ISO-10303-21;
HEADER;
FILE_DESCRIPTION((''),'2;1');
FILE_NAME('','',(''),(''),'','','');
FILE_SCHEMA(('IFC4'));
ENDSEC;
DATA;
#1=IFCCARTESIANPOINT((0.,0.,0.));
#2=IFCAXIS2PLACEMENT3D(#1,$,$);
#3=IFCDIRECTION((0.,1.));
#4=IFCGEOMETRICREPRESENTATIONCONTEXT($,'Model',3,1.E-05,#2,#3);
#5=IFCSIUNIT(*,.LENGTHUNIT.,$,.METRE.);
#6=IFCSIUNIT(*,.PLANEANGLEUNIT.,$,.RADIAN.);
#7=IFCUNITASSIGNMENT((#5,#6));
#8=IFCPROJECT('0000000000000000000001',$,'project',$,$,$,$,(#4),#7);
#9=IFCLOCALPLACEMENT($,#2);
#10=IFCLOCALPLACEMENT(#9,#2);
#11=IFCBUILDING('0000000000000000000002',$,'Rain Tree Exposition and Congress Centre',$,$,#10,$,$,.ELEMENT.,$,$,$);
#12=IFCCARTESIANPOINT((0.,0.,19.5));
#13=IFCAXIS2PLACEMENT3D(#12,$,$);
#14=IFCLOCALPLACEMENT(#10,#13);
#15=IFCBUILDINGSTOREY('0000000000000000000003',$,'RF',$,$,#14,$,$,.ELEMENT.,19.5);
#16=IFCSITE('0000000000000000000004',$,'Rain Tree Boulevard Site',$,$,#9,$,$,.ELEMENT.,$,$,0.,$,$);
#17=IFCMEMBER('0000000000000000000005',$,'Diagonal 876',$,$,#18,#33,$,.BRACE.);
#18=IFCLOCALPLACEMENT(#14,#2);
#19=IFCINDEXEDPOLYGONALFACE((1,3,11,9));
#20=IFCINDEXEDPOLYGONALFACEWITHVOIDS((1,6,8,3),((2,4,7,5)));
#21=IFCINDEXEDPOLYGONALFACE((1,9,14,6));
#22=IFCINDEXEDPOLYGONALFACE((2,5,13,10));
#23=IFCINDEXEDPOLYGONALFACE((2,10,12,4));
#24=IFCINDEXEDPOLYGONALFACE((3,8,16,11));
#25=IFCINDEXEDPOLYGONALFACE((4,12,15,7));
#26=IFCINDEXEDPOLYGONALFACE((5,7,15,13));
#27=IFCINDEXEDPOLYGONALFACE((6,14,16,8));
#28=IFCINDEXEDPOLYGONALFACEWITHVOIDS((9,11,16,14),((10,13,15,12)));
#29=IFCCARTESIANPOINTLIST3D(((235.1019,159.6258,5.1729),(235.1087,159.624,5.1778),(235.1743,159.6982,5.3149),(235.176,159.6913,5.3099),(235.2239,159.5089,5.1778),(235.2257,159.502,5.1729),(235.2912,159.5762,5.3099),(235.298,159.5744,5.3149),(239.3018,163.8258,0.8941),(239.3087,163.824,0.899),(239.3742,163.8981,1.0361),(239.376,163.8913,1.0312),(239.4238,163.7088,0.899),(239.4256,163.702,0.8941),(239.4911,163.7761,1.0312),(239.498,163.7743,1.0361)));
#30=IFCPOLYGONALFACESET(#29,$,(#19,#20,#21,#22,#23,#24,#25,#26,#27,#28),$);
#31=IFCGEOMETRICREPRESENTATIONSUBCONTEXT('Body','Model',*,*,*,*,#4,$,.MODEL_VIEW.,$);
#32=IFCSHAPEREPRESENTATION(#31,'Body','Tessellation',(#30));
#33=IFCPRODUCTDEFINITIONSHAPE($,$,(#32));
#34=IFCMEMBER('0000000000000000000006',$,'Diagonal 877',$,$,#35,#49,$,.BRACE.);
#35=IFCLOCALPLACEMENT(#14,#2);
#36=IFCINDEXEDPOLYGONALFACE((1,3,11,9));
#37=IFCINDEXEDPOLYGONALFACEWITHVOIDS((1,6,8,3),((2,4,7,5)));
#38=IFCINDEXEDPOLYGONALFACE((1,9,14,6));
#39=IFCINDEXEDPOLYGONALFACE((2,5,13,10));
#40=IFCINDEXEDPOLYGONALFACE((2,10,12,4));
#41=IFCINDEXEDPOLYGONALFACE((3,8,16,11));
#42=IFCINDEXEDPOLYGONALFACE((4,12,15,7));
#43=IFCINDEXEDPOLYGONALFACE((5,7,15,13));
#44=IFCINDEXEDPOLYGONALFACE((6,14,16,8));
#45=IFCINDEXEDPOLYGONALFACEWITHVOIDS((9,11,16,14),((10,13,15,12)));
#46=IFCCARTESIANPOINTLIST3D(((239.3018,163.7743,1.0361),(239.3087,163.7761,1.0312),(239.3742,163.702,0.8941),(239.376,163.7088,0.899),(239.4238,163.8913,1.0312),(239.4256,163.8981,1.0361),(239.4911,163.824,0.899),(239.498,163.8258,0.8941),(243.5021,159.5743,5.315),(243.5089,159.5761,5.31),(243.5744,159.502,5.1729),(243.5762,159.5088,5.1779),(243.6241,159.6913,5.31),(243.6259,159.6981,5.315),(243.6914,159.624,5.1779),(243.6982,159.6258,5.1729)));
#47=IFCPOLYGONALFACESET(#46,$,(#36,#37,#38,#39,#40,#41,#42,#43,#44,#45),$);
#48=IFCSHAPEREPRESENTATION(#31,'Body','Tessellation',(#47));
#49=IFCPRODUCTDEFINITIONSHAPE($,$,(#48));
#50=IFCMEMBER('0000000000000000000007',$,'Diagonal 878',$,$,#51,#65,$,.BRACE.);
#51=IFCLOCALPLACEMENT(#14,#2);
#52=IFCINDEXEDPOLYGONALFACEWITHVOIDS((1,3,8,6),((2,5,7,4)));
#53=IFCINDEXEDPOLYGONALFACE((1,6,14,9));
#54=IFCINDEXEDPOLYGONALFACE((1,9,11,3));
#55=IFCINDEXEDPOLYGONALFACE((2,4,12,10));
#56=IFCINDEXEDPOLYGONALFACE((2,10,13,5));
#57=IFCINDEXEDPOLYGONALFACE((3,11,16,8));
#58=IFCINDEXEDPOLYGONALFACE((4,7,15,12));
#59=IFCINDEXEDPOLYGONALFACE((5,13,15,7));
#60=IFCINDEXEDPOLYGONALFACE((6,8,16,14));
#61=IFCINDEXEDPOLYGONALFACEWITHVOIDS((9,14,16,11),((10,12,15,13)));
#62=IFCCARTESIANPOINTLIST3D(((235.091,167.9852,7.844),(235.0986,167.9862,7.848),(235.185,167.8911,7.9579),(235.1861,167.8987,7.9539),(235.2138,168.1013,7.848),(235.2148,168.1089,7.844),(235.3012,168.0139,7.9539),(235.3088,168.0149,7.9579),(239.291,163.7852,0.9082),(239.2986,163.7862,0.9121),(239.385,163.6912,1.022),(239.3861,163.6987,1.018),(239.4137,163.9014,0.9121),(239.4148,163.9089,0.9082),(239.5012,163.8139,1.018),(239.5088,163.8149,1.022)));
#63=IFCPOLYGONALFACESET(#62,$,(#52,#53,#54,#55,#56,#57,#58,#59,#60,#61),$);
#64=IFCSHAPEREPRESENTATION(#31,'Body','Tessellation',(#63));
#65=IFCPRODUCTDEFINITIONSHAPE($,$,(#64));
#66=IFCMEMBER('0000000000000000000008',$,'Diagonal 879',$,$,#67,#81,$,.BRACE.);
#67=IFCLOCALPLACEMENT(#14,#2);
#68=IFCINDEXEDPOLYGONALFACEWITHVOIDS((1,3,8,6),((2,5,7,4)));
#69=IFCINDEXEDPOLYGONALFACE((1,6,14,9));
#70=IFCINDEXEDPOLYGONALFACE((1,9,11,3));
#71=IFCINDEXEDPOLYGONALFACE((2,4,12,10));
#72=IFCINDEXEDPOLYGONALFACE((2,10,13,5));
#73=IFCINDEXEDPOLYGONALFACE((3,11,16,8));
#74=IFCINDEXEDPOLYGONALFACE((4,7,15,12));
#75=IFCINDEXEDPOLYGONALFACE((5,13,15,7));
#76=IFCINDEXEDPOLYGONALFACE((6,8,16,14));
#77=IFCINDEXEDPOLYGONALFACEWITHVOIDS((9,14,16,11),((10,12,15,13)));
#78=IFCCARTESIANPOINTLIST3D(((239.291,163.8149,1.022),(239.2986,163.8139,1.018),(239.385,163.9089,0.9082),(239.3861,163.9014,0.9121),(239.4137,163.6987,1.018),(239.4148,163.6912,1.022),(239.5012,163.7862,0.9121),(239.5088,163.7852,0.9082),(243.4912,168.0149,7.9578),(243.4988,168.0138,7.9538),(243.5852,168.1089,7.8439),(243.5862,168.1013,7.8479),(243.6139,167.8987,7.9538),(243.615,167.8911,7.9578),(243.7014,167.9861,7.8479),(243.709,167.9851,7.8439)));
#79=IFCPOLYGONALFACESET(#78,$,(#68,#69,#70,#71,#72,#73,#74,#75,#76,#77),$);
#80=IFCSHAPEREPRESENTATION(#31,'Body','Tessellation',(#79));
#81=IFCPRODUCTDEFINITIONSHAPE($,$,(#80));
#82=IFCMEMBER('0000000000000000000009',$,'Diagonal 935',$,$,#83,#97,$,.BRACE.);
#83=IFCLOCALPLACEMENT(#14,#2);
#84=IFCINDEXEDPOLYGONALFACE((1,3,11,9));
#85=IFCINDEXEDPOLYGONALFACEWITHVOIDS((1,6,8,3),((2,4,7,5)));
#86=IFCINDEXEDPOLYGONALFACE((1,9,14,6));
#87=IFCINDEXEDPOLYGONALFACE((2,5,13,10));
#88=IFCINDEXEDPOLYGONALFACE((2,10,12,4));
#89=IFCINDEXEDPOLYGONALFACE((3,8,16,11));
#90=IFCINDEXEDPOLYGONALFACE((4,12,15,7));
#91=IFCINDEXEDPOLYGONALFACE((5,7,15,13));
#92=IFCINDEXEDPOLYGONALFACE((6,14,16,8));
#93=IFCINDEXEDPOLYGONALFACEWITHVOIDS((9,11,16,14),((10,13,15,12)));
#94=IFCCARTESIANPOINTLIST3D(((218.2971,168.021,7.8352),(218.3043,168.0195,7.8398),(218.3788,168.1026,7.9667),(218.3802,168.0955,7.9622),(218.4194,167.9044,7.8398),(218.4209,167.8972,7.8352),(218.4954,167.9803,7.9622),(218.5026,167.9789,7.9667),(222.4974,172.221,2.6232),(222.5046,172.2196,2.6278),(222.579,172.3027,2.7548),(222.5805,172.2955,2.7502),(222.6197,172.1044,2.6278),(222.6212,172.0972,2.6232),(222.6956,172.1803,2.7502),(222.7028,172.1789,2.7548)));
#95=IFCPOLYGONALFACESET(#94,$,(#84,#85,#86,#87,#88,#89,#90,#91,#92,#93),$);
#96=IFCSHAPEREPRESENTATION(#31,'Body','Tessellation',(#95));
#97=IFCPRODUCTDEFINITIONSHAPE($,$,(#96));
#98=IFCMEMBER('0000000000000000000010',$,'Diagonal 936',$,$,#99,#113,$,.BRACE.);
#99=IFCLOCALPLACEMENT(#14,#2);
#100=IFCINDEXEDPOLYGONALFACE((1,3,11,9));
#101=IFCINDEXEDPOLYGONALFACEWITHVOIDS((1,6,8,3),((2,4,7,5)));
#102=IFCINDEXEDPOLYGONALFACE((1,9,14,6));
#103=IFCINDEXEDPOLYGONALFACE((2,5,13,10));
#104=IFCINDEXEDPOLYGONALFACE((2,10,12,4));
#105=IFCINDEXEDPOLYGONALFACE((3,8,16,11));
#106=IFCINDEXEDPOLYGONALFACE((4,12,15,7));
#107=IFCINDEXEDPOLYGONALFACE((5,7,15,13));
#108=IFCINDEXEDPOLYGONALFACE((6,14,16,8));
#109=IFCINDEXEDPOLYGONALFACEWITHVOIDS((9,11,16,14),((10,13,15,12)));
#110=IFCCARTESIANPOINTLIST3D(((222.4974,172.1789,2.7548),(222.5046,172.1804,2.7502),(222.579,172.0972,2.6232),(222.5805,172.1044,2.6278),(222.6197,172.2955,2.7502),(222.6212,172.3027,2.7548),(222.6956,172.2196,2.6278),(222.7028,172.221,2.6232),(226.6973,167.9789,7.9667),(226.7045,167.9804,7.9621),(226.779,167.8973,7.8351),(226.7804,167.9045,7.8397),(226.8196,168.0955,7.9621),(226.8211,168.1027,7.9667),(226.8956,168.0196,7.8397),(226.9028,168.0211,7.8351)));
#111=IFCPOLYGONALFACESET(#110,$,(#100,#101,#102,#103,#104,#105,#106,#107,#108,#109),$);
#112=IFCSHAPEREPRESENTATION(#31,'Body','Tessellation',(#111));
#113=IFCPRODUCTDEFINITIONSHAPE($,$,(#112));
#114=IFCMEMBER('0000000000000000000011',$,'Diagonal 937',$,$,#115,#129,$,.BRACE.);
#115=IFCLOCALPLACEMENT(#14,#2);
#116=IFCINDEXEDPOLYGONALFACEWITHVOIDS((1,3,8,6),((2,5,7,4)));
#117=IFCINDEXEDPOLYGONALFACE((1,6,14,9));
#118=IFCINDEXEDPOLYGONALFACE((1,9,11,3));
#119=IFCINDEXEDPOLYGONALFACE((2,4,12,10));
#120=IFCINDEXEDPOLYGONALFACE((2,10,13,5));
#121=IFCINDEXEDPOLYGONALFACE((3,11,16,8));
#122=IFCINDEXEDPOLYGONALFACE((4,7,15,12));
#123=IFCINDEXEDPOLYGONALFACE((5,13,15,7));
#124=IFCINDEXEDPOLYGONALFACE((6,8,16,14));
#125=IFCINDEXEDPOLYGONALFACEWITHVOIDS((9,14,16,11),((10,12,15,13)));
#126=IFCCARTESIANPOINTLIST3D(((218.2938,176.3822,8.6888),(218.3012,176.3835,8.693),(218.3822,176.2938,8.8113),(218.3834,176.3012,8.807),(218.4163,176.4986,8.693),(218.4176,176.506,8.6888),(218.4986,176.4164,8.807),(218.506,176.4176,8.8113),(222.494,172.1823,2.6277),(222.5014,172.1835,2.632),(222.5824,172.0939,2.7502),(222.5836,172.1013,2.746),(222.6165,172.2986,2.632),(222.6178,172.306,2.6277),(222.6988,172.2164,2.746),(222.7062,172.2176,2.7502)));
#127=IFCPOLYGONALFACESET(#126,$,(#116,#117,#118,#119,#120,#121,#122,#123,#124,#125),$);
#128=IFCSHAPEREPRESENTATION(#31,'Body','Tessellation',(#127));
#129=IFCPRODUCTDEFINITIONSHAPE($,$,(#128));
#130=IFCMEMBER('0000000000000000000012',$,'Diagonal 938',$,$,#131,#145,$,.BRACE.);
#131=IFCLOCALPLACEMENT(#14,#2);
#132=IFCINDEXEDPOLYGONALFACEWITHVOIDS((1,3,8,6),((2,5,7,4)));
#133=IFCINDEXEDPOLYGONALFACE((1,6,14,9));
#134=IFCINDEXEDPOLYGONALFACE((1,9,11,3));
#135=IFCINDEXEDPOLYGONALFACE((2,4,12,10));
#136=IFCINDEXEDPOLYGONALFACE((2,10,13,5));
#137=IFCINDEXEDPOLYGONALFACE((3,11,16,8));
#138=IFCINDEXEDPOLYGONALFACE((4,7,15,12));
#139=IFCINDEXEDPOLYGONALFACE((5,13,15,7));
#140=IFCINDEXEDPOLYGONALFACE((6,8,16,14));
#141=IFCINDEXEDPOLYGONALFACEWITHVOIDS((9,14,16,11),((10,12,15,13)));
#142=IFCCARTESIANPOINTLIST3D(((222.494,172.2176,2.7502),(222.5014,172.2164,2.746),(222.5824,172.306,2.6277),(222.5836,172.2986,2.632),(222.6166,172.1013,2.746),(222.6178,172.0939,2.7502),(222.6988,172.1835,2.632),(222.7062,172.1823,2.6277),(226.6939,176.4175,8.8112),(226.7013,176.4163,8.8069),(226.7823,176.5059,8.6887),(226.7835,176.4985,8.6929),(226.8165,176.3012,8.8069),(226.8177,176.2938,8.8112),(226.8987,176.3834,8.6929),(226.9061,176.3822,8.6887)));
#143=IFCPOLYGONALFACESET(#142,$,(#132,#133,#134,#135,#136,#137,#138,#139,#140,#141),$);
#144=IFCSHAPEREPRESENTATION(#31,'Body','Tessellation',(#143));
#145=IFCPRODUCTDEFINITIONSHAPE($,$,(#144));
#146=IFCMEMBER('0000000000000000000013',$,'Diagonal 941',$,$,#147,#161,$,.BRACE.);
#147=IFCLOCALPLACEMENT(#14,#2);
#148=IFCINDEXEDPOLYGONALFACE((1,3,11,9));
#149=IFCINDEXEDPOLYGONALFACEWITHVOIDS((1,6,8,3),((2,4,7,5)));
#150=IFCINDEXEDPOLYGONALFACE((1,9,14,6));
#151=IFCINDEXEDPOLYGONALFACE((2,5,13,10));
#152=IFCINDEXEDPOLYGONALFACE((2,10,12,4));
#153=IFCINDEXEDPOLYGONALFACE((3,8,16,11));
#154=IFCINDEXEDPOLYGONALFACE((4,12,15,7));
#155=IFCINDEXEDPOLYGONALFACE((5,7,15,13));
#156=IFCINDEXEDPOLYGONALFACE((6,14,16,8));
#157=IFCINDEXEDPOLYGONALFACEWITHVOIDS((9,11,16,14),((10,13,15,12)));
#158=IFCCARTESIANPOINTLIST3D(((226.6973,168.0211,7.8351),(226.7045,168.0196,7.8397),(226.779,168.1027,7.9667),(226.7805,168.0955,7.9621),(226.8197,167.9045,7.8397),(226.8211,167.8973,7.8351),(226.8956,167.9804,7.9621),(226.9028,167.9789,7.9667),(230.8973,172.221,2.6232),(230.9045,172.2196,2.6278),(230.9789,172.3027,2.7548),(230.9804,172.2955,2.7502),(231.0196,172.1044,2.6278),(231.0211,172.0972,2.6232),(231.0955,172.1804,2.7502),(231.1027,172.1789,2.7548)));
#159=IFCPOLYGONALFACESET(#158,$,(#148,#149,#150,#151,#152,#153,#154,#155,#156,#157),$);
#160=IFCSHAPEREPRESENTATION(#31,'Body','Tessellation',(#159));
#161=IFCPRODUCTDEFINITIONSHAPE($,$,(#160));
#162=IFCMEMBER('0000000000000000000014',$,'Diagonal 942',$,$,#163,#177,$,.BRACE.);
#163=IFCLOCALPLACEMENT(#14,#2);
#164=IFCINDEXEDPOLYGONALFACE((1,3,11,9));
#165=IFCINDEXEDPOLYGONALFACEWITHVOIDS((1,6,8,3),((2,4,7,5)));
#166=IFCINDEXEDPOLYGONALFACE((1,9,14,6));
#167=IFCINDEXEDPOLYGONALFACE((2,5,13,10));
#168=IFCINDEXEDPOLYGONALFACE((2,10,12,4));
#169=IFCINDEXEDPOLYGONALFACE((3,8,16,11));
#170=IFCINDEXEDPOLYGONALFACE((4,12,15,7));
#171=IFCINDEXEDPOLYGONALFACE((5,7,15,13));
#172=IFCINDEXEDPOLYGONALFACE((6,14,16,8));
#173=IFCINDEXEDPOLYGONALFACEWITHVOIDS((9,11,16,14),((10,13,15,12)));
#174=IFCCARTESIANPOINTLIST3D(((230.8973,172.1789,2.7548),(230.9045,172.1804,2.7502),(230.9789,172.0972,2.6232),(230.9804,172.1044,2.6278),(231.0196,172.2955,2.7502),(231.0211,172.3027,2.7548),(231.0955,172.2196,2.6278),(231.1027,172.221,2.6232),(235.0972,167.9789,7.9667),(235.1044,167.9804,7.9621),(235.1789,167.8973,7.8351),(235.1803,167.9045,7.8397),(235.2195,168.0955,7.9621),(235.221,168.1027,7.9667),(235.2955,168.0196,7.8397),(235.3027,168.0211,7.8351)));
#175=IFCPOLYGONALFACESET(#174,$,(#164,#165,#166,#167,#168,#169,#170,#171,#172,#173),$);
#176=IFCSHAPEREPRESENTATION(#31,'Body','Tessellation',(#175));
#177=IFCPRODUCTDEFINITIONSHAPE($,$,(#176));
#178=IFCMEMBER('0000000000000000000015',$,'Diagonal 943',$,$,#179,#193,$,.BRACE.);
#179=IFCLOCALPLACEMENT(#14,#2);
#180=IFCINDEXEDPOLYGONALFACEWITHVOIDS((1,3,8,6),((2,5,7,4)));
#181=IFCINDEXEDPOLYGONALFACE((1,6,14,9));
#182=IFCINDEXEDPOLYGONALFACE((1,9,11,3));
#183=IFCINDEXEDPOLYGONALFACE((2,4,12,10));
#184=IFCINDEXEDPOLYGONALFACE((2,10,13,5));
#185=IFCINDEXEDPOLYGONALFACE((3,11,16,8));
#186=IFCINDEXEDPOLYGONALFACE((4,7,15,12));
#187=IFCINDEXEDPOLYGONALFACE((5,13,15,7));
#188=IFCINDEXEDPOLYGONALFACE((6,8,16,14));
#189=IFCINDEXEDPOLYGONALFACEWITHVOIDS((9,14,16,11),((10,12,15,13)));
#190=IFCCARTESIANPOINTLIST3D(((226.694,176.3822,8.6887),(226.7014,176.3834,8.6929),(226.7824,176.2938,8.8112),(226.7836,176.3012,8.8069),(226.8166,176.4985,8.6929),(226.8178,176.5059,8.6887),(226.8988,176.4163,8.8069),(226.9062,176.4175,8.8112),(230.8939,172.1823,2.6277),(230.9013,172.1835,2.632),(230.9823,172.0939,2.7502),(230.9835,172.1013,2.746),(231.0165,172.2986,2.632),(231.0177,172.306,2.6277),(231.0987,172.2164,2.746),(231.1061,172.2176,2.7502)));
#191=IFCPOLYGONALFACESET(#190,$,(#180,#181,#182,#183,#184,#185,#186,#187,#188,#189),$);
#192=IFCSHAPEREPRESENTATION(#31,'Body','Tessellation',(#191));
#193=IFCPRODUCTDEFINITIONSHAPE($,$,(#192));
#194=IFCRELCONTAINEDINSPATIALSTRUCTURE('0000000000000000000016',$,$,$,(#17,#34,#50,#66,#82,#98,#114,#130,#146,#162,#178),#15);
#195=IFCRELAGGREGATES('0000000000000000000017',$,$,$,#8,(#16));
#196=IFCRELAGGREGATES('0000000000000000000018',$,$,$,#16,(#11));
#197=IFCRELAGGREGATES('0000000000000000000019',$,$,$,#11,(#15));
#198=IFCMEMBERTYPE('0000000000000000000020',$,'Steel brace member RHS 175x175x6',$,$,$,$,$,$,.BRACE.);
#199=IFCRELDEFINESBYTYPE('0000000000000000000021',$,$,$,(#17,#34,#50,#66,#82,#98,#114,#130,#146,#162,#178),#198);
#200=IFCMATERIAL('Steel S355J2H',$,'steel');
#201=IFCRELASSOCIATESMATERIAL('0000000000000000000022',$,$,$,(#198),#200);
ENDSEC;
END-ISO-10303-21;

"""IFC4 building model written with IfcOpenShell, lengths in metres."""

from ifc_helpers import new_model, si_unit, direction, frame, origin, origin_2d, place, context, subcontext, project, spatial, hollow_rectangle, extrude, material, material_profile, profile_set, type_object, element, save


model = new_model("IFC4")

# Units and contexts
model_context = context("Model", 3, precision=1e-05, world=origin(), true_north=direction((0.0, 1.0)))
body_context = subcontext(model_context, "Body", "Model", "MODEL_VIEW")
ifc_project = project(units=[si_unit("LENGTHUNIT", "METRE"), si_unit("PLANEANGLEUNIT", "RADIAN")], contexts=[model_context])

# Site, building, storey
site_placement = place(None, origin())
site = spatial("IfcSite", under=ifc_project, at=site_placement, Name="Rain Tree Boulevard Site", CompositionType="ELEMENT", RefElevation=0.0)
building_placement = place(site_placement, origin())
building = spatial("IfcBuilding", under=site, at=building_placement, Name="Rain Tree Exposition and Congress Centre", CompositionType="ELEMENT")
storey_placement = place(building_placement, frame((0.0, 0.0, 19.5)))
storey = spatial("IfcBuildingStorey", under=building, at=storey_placement, Name="RF", CompositionType="ELEMENT", Elevation=19.5)

# Members
ifc_material_1 = material(Name="Steel S355J2H", Category="steel")
ifc_material_profile_1 = material_profile(ifc_material_1, hollow_rectangle(XDim=0.175, YDim=0.175, WallThickness=0.0061, at=origin_2d()), Name="RHS 175x175x6")
ifc_profile_set_1 = profile_set([ifc_material_profile_1], Name="Steel S355J2H")
member_type_1 = type_object("IfcMemberType", Name="Steel brace member RHS 175x175x6", PredefinedType="BRACE", material=ifc_profile_set_1)
member_1_placement = place(storey_placement, frame((239.3999, 163.8, 0.9651), z_axis=(-0.573737, -0.573737, 0.58451), x_axis=(0.707107, -0.707107, 0.0)))
element("IfcMember", 1, at=member_1_placement, inside=storey, type_object=member_type_1, Name="Diagonal 876", PredefinedType="BRACE", context=body_context, shape_type="SweptSolid", body=[
    extrude(hollow_rectangle(XDim=0.175, YDim=0.175, WallThickness=0.0061, at=origin_2d()), origin(), (0.0, 0.0, 1.0), 7.3203),
])
member_2_placement = place(storey_placement, frame((239.3999, 163.8, 0.9651), z_axis=(0.57376, -0.573726, 0.584498), x_axis=(0.707086, 0.707127, 0.0)))
element("IfcMember", 2, at=member_2_placement, inside=storey, type_object=member_type_1, Name="Diagonal 877", PredefinedType="BRACE", context=body_context, shape_type="SweptSolid", body=[
    extrude(hollow_rectangle(XDim=0.175, YDim=0.175, WallThickness=0.0061, at=origin_2d()), origin(), (0.0, 0.0, 1.0), 7.3206),
])
for number, where, z_axis, x_axis, name in (
    (3, (239.3999, 163.8, 0.9651), (-0.459941, 0.459941, 0.759545), (-0.707107, -0.707107, 0.0), "Diagonal 878"),
    (4, (239.3999, 163.8, 0.9651), (0.459962, 0.459935, 0.759536), (-0.707086, 0.707127, 0.0), "Diagonal 879"),
):
    element("IfcMember", number, at=place(storey_placement, frame(where, z_axis=z_axis, x_axis=x_axis)), inside=storey, type_object=member_type_1, Name=name, PredefinedType="BRACE", context=body_context, shape_type="SweptSolid", body=[
        extrude(hollow_rectangle(XDim=0.175, YDim=0.175, WallThickness=0.0061, at=origin_2d()), origin(), (0.0, 0.0, 1.0), 9.1316),
    ])
member_3_placement = place(storey_placement, frame((222.6001, 172.2, 2.689), z_axis=(-0.53152, -0.531489, 0.65955), x_axis=(0.707086, -0.707127, 0.0)))
element("IfcMember", 5, at=member_3_placement, inside=storey, type_object=member_type_1, Name="Diagonal 935", PredefinedType="BRACE", context=body_context, shape_type="SweptSolid", body=[
    extrude(hollow_rectangle(XDim=0.175, YDim=0.175, WallThickness=0.0061, at=origin_2d()), origin(), (0.0, 0.0, 1.0), 7.9023),
])
member_4_placement = place(storey_placement, frame((222.6001, 172.2, 2.689), z_axis=(0.531498, -0.531498, 0.65956), x_axis=(0.707107, 0.707107, 0.0)))
element("IfcMember", 6, at=member_4_placement, inside=storey, type_object=member_type_1, Name="Diagonal 936", PredefinedType="BRACE", context=body_context, shape_type="SweptSolid", body=[
    extrude(hollow_rectangle(XDim=0.175, YDim=0.175, WallThickness=0.0061, at=origin_2d()), origin(), (0.0, 0.0, 1.0), 7.9021),
])
member_5_placement = place(storey_placement, frame((222.6001, 172.2, 2.689), z_axis=(-0.494938, 0.494909, 0.714214), x_axis=(-0.707086, -0.707127, 0.0)))
element("IfcMember", 7, at=member_5_placement, inside=storey, type_object=member_type_1, Name="Diagonal 937", PredefinedType="BRACE", context=body_context, shape_type="SweptSolid", body=[
    extrude(hollow_rectangle(XDim=0.175, YDim=0.175, WallThickness=0.0061, at=origin_2d()), origin(), (0.0, 0.0, 1.0), 8.4863),
])
member_6_placement = place(storey_placement, frame((222.6001, 172.2, 2.689), z_axis=(0.494916, 0.494916, 0.714224), x_axis=(-0.707107, 0.707107, 0.0)))
element("IfcMember", 8, at=member_6_placement, inside=storey, type_object=member_type_1, Name="Diagonal 938", PredefinedType="BRACE", context=body_context, shape_type="SweptSolid", body=[
    extrude(hollow_rectangle(XDim=0.175, YDim=0.175, WallThickness=0.0061, at=origin_2d()), origin(), (0.0, 0.0, 1.0), 8.4861),
])
for number, where, z_axis, x_axis, name in (
    (9, (231.0, 172.2, 2.689), (-0.531498, -0.531498, 0.65956), (0.707107, -0.707107, 0.0), "Diagonal 941"),
    (10, (231.0, 172.2, 2.689), (0.531498, -0.531498, 0.65956), (0.707107, 0.707107, 0.0), "Diagonal 942"),
):
    element("IfcMember", number, at=place(storey_placement, frame(where, z_axis=z_axis, x_axis=x_axis)), inside=storey, type_object=member_type_1, Name=name, PredefinedType="BRACE", context=body_context, shape_type="SweptSolid", body=[
        extrude(hollow_rectangle(XDim=0.175, YDim=0.175, WallThickness=0.0061, at=origin_2d()), origin(), (0.0, 0.0, 1.0), 7.9021),
    ])
for number, where, z_axis, x_axis, name in (
    (11, (231.0, 172.2, 2.689), (-0.494916, 0.494916, 0.714224), (-0.707107, -0.707107, 0.0), "Diagonal 943"),
):
    element("IfcMember", number, at=place(storey_placement, frame(where, z_axis=z_axis, x_axis=x_axis)), inside=storey, type_object=member_type_1, Name=name, PredefinedType="BRACE", context=body_context, shape_type="SweptSolid", body=[
        extrude(hollow_rectangle(XDim=0.175, YDim=0.175, WallThickness=0.0061, at=origin_2d()), origin(), (0.0, 0.0, 1.0), 8.4861),
    ])

save(model, "model.ifc")
